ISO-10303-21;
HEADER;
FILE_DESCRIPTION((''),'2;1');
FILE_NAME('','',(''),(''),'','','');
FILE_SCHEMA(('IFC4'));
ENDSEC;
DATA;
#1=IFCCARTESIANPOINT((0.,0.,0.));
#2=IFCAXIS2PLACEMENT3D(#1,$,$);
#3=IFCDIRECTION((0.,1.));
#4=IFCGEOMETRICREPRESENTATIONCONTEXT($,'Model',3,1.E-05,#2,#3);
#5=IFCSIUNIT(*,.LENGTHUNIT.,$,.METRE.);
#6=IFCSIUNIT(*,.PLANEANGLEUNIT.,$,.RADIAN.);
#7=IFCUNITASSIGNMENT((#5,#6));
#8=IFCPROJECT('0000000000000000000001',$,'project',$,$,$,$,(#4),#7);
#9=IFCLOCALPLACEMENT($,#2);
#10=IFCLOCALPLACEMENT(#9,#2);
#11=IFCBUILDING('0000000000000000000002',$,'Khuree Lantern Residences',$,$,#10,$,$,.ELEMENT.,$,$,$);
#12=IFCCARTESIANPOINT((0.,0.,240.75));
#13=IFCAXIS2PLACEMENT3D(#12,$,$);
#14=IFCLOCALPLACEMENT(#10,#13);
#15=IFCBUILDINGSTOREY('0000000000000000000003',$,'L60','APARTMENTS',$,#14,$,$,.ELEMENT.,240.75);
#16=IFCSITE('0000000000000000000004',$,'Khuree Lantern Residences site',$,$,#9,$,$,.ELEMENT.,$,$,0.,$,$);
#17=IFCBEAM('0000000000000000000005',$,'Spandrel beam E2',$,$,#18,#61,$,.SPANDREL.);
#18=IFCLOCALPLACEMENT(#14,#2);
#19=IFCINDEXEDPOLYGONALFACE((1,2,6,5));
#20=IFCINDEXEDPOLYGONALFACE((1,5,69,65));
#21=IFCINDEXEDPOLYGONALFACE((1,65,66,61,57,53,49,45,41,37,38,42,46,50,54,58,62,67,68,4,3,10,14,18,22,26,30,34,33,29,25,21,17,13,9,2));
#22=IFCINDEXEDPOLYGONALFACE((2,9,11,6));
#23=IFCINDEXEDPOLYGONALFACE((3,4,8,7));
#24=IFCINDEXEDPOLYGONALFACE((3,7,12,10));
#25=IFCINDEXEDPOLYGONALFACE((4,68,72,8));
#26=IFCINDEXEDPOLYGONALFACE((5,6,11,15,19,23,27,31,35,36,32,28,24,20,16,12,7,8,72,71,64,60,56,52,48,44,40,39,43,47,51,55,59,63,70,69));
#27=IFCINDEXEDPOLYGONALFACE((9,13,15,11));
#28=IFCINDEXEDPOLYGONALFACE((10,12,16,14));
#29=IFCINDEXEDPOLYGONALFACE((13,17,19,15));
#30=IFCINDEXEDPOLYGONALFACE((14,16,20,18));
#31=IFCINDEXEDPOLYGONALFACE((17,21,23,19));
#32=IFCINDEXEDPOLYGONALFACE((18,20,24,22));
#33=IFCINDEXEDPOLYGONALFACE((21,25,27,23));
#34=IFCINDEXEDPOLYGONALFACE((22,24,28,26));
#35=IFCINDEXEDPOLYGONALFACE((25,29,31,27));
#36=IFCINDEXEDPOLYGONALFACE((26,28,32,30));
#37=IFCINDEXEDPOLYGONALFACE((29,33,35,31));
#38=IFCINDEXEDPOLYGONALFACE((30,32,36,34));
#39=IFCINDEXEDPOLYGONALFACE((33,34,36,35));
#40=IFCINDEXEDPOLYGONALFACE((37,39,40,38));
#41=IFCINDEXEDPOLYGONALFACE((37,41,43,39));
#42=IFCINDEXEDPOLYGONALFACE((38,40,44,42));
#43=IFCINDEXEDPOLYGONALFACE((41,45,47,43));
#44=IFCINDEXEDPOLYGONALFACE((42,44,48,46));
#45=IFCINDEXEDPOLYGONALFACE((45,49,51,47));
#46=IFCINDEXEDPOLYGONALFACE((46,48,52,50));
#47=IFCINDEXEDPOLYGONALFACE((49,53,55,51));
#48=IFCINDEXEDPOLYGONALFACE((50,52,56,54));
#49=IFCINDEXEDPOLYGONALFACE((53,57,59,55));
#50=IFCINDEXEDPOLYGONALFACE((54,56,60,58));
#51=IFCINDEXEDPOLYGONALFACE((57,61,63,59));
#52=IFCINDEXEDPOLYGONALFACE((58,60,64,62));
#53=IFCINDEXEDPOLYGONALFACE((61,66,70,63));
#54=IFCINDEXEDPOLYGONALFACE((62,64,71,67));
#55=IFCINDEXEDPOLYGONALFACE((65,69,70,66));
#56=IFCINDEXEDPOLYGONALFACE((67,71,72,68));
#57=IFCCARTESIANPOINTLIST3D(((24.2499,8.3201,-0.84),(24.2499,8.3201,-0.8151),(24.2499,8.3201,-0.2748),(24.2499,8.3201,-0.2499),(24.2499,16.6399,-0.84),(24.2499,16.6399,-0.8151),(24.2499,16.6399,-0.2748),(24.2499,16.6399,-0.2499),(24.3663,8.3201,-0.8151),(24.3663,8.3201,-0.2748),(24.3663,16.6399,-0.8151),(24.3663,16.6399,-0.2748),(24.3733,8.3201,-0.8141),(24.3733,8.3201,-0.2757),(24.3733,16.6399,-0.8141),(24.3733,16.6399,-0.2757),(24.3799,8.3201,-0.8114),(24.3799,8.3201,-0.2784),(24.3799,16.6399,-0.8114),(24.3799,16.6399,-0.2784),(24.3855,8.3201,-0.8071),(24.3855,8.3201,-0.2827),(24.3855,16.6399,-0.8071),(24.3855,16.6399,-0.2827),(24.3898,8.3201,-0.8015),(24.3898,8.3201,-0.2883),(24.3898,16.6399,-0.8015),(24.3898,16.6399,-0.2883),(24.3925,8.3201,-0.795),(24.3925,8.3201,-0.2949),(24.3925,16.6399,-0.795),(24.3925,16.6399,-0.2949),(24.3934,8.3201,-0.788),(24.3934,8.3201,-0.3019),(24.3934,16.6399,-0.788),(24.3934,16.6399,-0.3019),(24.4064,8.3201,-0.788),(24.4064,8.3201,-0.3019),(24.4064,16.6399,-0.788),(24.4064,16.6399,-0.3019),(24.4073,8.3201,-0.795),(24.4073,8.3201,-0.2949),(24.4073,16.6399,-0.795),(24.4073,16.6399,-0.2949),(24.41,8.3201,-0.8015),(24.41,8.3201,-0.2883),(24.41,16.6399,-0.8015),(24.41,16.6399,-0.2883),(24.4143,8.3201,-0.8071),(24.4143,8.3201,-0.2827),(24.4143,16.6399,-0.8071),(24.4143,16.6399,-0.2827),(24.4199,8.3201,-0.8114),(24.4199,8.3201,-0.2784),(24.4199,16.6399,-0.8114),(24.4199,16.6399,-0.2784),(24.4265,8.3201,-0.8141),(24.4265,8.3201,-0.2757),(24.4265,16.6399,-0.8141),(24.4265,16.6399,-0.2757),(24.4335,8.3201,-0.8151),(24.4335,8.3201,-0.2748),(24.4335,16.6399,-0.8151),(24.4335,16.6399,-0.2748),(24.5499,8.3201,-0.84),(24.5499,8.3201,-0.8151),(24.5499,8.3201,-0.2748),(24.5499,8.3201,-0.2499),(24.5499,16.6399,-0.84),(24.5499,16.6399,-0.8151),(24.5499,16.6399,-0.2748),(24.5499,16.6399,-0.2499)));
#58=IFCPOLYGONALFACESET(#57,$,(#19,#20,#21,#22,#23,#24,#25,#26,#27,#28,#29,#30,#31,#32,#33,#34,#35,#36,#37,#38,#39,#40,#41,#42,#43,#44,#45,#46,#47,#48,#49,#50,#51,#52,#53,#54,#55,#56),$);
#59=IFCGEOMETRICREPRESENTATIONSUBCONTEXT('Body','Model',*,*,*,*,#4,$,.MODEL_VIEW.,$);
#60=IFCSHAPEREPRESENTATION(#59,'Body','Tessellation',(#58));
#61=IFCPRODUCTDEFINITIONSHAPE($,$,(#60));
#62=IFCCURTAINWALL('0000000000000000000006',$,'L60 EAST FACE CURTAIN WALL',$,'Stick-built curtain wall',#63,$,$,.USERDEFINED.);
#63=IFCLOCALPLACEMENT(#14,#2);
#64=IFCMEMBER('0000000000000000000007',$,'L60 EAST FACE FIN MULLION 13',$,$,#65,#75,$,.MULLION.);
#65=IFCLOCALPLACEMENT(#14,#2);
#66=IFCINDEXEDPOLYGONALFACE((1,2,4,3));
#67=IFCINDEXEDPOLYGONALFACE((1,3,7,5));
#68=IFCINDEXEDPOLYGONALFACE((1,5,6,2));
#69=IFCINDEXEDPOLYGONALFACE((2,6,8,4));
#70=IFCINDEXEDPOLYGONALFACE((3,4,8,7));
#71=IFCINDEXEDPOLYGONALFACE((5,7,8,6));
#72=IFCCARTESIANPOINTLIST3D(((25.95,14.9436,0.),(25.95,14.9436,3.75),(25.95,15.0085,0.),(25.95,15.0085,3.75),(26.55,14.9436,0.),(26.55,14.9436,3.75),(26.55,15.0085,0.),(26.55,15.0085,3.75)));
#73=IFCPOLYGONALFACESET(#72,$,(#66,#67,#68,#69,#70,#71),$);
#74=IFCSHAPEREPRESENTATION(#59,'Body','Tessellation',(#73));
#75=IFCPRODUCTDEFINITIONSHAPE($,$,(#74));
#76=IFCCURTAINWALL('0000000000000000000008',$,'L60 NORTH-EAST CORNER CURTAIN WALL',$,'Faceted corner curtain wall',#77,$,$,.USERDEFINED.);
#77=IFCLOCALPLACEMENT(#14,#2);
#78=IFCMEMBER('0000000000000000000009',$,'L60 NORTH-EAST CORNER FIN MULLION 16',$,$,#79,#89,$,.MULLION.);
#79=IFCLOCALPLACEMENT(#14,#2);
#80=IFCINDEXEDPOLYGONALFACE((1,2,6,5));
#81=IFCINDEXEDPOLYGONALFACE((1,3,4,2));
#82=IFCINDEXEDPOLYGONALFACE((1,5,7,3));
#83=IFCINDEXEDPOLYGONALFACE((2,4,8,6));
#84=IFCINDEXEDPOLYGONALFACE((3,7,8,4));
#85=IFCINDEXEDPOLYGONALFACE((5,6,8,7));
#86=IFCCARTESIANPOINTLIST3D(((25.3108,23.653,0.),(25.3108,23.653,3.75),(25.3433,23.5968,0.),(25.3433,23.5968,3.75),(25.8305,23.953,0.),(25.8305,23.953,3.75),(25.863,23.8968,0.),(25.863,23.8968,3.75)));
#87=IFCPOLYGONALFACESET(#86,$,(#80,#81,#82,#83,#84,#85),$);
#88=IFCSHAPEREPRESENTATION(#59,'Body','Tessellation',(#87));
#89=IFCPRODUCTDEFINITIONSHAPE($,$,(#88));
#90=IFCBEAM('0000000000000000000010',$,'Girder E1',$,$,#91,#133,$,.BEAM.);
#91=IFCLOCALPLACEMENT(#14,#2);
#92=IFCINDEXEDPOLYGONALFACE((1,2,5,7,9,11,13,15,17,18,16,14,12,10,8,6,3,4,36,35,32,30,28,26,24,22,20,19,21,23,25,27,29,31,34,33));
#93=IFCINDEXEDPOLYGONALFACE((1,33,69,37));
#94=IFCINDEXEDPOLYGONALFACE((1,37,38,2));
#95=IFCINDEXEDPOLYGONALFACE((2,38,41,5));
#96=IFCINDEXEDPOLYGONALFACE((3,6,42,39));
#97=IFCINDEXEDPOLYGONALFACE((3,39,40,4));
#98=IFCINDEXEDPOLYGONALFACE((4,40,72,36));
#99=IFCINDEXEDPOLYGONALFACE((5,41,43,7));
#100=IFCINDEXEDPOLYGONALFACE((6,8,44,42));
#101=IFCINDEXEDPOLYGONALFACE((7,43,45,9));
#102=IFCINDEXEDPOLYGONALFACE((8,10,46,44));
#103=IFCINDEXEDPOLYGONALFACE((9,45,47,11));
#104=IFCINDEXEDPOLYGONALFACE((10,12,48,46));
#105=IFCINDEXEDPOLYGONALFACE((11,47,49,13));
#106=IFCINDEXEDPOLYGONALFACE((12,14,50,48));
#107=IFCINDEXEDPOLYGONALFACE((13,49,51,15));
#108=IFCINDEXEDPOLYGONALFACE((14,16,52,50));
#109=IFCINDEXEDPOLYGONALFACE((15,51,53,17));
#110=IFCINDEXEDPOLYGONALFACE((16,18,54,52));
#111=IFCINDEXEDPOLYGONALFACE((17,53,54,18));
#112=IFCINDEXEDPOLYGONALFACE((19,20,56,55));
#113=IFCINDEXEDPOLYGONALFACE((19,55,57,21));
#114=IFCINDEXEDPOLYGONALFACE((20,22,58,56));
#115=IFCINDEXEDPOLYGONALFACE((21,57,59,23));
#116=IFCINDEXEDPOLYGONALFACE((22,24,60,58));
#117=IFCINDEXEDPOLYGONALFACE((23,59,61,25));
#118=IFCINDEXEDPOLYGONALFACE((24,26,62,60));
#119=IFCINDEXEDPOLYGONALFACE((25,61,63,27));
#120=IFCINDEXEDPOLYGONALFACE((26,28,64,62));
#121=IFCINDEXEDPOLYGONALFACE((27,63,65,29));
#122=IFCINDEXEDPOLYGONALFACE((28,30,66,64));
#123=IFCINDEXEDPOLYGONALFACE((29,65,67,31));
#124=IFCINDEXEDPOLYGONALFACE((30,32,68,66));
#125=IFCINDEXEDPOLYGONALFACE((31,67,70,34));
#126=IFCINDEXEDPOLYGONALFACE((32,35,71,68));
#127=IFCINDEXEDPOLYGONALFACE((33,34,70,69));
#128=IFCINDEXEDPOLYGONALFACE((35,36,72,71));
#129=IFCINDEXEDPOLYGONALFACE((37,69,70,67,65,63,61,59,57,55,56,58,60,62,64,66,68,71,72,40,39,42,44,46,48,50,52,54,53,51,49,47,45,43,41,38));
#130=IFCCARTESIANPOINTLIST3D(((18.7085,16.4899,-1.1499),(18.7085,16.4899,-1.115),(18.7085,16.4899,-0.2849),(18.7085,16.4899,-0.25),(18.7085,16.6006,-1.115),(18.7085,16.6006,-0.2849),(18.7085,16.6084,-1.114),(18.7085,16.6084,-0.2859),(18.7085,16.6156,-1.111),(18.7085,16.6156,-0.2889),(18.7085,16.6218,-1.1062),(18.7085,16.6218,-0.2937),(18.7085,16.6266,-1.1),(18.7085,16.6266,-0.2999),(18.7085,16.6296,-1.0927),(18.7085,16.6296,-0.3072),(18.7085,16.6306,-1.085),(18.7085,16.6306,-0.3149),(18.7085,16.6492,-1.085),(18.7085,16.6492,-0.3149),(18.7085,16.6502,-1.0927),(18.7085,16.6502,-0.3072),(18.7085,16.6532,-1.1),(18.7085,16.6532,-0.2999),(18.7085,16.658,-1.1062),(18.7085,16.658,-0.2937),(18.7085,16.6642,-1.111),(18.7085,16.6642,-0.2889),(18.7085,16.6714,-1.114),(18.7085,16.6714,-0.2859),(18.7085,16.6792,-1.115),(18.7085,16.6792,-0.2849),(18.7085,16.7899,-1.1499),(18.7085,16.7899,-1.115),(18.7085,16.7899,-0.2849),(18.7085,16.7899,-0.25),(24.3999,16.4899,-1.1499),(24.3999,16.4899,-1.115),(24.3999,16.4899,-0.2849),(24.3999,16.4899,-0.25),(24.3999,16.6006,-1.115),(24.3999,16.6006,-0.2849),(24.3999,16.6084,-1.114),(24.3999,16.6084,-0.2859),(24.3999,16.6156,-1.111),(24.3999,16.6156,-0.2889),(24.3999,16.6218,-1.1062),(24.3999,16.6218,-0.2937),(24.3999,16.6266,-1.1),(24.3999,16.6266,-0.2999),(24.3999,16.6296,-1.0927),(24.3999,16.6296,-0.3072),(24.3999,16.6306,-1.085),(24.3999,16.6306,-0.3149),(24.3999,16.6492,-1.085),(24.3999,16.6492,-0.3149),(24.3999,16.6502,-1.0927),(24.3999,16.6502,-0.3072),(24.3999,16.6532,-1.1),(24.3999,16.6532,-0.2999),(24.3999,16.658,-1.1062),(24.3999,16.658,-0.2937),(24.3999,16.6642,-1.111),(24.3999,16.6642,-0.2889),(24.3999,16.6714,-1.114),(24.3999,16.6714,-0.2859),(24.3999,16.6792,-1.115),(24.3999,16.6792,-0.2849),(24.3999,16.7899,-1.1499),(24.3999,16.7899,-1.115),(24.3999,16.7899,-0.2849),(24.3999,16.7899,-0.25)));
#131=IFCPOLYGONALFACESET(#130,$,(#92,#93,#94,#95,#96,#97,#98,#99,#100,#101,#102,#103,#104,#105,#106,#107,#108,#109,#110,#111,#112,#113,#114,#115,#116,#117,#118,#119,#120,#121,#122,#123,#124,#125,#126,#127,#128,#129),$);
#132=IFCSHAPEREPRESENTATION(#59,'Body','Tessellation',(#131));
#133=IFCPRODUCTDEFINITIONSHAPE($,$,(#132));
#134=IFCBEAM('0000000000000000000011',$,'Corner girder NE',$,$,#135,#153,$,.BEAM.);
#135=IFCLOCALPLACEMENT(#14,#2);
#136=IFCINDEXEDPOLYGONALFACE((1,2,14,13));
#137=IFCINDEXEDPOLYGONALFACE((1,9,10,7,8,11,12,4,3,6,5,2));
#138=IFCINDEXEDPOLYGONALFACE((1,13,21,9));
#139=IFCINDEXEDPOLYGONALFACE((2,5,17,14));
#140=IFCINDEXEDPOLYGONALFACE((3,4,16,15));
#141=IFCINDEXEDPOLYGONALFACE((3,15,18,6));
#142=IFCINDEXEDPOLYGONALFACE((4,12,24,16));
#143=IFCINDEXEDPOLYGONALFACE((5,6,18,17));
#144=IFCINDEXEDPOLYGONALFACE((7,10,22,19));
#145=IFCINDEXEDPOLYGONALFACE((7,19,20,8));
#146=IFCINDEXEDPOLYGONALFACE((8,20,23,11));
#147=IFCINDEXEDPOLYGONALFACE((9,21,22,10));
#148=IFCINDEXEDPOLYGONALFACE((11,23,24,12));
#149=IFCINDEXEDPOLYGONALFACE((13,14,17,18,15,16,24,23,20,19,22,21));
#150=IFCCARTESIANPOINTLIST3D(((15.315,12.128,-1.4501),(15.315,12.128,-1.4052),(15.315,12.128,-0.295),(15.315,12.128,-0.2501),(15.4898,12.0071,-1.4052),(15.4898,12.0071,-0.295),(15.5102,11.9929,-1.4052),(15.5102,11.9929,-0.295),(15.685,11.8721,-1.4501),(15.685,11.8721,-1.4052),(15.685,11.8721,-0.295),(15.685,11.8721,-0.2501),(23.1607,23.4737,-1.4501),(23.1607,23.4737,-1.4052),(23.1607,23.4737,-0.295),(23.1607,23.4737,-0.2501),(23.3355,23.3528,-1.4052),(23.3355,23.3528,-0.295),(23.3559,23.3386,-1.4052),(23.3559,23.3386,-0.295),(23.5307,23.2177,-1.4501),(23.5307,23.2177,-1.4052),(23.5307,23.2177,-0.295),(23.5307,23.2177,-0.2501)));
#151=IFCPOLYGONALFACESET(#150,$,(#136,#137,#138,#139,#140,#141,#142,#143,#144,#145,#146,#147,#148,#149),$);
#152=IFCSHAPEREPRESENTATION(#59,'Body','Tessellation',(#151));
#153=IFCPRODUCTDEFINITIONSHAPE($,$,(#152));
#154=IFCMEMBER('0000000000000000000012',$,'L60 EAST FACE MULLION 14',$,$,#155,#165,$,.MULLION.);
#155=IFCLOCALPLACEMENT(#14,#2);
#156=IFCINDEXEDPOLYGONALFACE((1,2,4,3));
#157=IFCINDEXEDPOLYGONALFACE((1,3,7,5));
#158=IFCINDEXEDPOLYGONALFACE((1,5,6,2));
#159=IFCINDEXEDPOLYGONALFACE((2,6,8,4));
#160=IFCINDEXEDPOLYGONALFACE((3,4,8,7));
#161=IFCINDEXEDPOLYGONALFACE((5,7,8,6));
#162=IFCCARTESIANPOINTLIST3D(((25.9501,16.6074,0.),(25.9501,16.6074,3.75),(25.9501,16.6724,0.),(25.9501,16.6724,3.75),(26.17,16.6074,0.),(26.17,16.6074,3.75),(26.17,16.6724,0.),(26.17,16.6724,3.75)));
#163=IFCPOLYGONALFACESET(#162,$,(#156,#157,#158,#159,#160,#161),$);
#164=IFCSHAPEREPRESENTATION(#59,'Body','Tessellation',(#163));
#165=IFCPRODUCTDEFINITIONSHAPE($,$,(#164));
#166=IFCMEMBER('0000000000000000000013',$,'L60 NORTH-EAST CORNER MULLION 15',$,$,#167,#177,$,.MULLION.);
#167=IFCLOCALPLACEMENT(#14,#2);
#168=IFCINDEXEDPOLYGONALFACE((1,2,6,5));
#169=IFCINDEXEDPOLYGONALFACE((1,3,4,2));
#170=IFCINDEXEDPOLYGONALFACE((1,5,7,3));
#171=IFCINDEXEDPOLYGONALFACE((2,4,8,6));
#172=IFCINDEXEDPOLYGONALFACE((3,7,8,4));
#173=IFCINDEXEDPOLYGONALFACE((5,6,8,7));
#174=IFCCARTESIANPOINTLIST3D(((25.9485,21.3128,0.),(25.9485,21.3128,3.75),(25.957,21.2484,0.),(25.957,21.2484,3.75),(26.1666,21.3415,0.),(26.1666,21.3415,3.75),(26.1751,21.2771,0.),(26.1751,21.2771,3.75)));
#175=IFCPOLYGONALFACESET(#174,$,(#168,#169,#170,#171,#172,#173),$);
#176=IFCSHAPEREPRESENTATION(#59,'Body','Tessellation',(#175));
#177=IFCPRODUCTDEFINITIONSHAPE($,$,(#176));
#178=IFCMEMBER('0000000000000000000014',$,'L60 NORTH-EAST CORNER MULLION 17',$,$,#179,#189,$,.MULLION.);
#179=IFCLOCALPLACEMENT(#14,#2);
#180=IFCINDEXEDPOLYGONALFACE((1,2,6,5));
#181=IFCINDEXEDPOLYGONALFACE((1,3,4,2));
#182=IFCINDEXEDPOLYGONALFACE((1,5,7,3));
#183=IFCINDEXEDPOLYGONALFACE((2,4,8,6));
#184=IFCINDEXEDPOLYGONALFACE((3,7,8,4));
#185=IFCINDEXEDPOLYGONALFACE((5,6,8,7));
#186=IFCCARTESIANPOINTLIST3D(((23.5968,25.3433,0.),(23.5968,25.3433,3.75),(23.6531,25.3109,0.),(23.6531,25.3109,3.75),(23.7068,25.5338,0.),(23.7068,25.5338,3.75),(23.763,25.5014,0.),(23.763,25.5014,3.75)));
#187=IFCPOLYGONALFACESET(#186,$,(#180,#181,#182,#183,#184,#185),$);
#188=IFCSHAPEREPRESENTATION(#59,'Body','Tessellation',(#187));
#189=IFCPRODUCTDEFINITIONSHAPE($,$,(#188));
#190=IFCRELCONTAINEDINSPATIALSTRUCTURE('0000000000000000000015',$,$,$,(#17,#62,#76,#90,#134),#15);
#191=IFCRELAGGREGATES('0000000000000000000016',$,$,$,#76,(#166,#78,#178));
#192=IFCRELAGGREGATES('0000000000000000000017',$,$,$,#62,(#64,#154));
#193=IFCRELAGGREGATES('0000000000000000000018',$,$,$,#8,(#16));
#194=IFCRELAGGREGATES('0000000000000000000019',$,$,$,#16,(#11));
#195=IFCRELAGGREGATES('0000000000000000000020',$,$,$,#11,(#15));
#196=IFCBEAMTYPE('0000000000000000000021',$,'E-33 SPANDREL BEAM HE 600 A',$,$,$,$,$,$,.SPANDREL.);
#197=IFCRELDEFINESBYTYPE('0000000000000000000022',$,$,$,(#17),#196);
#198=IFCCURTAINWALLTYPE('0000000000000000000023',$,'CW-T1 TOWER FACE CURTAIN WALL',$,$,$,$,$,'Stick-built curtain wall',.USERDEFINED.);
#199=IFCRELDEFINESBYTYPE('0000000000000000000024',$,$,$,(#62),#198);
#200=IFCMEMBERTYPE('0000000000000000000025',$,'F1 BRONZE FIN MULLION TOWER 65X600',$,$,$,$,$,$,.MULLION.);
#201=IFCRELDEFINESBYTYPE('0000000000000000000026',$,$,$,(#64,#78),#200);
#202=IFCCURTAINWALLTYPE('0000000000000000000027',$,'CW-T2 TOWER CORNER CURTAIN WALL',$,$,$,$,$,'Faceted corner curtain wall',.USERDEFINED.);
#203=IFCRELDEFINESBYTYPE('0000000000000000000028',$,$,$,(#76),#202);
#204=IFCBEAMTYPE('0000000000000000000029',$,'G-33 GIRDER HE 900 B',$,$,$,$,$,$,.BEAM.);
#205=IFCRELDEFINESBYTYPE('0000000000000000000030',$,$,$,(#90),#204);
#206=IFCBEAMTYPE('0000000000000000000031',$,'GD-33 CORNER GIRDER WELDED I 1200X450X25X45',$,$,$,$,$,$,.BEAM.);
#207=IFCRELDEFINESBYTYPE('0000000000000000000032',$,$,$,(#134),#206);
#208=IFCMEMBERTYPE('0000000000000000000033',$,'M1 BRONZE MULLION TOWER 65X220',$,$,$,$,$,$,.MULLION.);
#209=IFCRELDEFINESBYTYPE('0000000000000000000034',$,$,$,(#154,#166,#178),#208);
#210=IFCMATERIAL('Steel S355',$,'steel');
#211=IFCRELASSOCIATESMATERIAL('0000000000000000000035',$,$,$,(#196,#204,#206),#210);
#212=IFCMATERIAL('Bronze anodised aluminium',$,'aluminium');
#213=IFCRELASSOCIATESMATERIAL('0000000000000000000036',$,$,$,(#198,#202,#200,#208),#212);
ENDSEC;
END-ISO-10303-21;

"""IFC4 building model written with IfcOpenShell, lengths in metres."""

from ifc_helpers import new_model, si_unit, direction, frame, origin, origin_2d, place, context, subcontext, project, spatial, rectangle, i_section, extrude, material, material_profile, profile_set, type_object, element, aggregate, save


model = new_model("IFC4")

# Units and contexts
model_context = context("Model", 3, precision=1e-05, world=origin(), true_north=direction((0.0, 1.0)))
body_context = subcontext(model_context, "Body", "Model", "MODEL_VIEW")
ifc_project = project(units=[si_unit("LENGTHUNIT", "METRE"), si_unit("PLANEANGLEUNIT", "RADIAN")], contexts=[model_context])

# Site, building, storey
site_placement = place(None, origin())
site = spatial("IfcSite", under=ifc_project, at=site_placement, Name="Khuree Lantern Residences site", CompositionType="ELEMENT", RefElevation=0.0)
building_placement = place(site_placement, origin())
building = spatial("IfcBuilding", under=site, at=building_placement, Name="Khuree Lantern Residences", CompositionType="ELEMENT")
storey_placement = place(building_placement, frame((0.0, 0.0, 240.75)))
storey = spatial("IfcBuildingStorey", under=building, at=storey_placement, Name="L60", Description="APARTMENTS", CompositionType="ELEMENT", Elevation=240.75)

# Beam
ifc_material_1 = material(Name="Steel S355", Category="steel")
ifc_material_profile_1 = material_profile(ifc_material_1, i_section(OverallWidth=0.3, OverallDepth=0.5901, WebThickness=0.0129, FlangeThickness=0.0249, FilletRadius=0.0271, at=origin_2d()), Name="HE 600 A")
ifc_profile_set_1 = profile_set([ifc_material_profile_1], Name="Steel S355")
beam_type_1 = type_object("IfcBeamType", Name="E-33 SPANDREL BEAM HE 600 A", PredefinedType="SPANDREL", material=ifc_profile_set_1)
beam_1_placement = place(storey_placement, frame((24.3999, 16.6399, -0.5449), z_axis=(0.0, -1.0, 0.0), x_axis=(1.0, 0.0, 0.0)))
element("IfcBeam", 1, at=beam_1_placement, inside=storey, type_object=beam_type_1, Name="Spandrel beam E2", PredefinedType="SPANDREL", context=body_context, shape_type="SweptSolid", body=[
    extrude(i_section(OverallWidth=0.3, OverallDepth=0.5901, WebThickness=0.0129, FlangeThickness=0.0249, FilletRadius=0.0271, at=origin_2d()), origin(), (0.0, 0.0, 1.0), 8.3198),
])

# Curtain walls, members
ifc_material_2 = material(Name="Bronze anodised aluminium", Category="aluminium")
curtain_wall_type_1 = type_object("IfcCurtainWallType", Name="CW-T1 TOWER FACE CURTAIN WALL", ElementType="Stick-built curtain wall", PredefinedType="USERDEFINED", material=ifc_material_2)
curtain_wall_1_placement = place(storey_placement, origin())
curtain_wall_1 = element("IfcCurtainWall", 2, at=curtain_wall_1_placement, inside=storey, type_object=curtain_wall_type_1, Name="L60 EAST FACE CURTAIN WALL", ObjectType="Stick-built curtain wall", PredefinedType="USERDEFINED")
ifc_material_profile_2 = material_profile(ifc_material_2, rectangle(XDim=0.0649, YDim=0.6001, at=origin_2d()), Name="F1 65X600")
ifc_profile_set_2 = profile_set([ifc_material_profile_2], Name="Bronze anodised aluminium")
member_type_1 = type_object("IfcMemberType", Name="F1 BRONZE FIN MULLION TOWER 65X600", PredefinedType="MULLION", material=ifc_profile_set_2)
member_1_placement = place(storey_placement, frame((26.25, 14.9761, 0.0), z_axis=(0.0, 0.0, 1.0), x_axis=(0.0, 1.0, 0.0)))
member_1 = element("IfcMember", 3, at=member_1_placement, type_object=member_type_1, Name="L60 EAST FACE FIN MULLION 13", PredefinedType="MULLION", context=body_context, shape_type="SweptSolid", body=[
    extrude(rectangle(XDim=0.0649, YDim=0.6001, at=origin_2d()), origin(), (0.0, 0.0, 1.0), 3.75),
])
curtain_wall_type_2 = type_object("IfcCurtainWallType", Name="CW-T2 TOWER CORNER CURTAIN WALL", ElementType="Faceted corner curtain wall", PredefinedType="USERDEFINED", material=ifc_material_2)
curtain_wall_2_placement = place(storey_placement, origin())
curtain_wall_2 = element("IfcCurtainWall", 4, at=curtain_wall_2_placement, inside=storey, type_object=curtain_wall_type_2, Name="L60 NORTH-EAST CORNER CURTAIN WALL", ObjectType="Faceted corner curtain wall", PredefinedType="USERDEFINED")
member_2_placement = place(storey_placement, frame((25.5869, 23.7749, 0.0), z_axis=(0.0, 0.0, 1.0), x_axis=(-0.5, 0.866025, 0.0)))
member_2 = element("IfcMember", 5, at=member_2_placement, type_object=member_type_1, Name="L60 NORTH-EAST CORNER FIN MULLION 16", PredefinedType="MULLION", context=body_context, shape_type="SweptSolid", body=[
    extrude(rectangle(XDim=0.0649, YDim=0.6001, at=origin_2d()), origin(), (0.0, 0.0, 1.0), 3.75),
])

# Beams
ifc_material_profile_3 = material_profile(ifc_material_1, i_section(OverallWidth=0.3, OverallDepth=0.8999, WebThickness=0.0186, FlangeThickness=0.0349, FilletRadius=0.03, at=origin_2d()), Name="HE 900 B")
ifc_profile_set_3 = profile_set([ifc_material_profile_3], Name="Steel S355")
beam_type_2 = type_object("IfcBeamType", Name="G-33 GIRDER HE 900 B", PredefinedType="BEAM", material=ifc_profile_set_3)
beam_2_placement = place(storey_placement, frame((24.3999, 16.6399, -0.7), z_axis=(-1.0, 0.0, 0.0), x_axis=(0.0, -1.0, 0.0)))
element("IfcBeam", 6, at=beam_2_placement, inside=storey, type_object=beam_type_2, Name="Girder E1", PredefinedType="BEAM", context=body_context, shape_type="SweptSolid", body=[
    extrude(i_section(OverallWidth=0.3, OverallDepth=0.8999, WebThickness=0.0186, FlangeThickness=0.0349, FilletRadius=0.03, at=origin_2d()), origin(), (0.0, 0.0, 1.0), 5.6914),
])
ifc_material_profile_4 = material_profile(ifc_material_1, i_section(OverallWidth=0.45, OverallDepth=1.2, WebThickness=0.0249, FlangeThickness=0.0449, at=origin_2d()), Name="WELDED I 1200X450X25X45")
ifc_profile_set_4 = profile_set([ifc_material_profile_4], Name="Steel S355")
beam_type_3 = type_object("IfcBeamType", Name="GD-33 CORNER GIRDER WELDED I 1200X450X25X45", PredefinedType="BEAM", material=ifc_profile_set_4)
beam_3_placement = place(storey_placement, frame((23.3457, 23.3457, -0.8501), z_axis=(-0.568768, -0.822498, 0.0), x_axis=(0.822498, -0.568768, 0.0)))
element("IfcBeam", 7, at=beam_3_placement, inside=storey, type_object=beam_type_3, Name="Corner girder NE", PredefinedType="BEAM", context=body_context, shape_type="SweptSolid", body=[
    extrude(i_section(OverallWidth=0.45, OverallDepth=1.2, WebThickness=0.0249, FlangeThickness=0.0449, at=origin_2d()), origin(), (0.0, 0.0, 1.0), 13.7942),
])

# Members
ifc_material_profile_5 = material_profile(ifc_material_2, rectangle(XDim=0.0649, YDim=0.22, at=origin_2d()), Name="M1 65X220")
ifc_profile_set_5 = profile_set([ifc_material_profile_5], Name="Bronze anodised aluminium")
member_type_2 = type_object("IfcMemberType", Name="M1 BRONZE MULLION TOWER 65X220", PredefinedType="MULLION", material=ifc_profile_set_5)
member_3_placement = place(storey_placement, frame((26.0601, 16.6399, 0.0), z_axis=(0.0, 0.0, 1.0), x_axis=(0.0, 1.0, 0.0)))
member_3 = element("IfcMember", 8, at=member_3_placement, type_object=member_type_2, Name="L60 EAST FACE MULLION 14", PredefinedType="MULLION", context=body_context, shape_type="SweptSolid", body=[
    extrude(rectangle(XDim=0.0649, YDim=0.22, at=origin_2d()), origin(), (0.0, 0.0, 1.0), 3.75),
])
member_4_placement = place(storey_placement, frame((26.0618, 21.2949, 0.0), z_axis=(0.0, 0.0, 1.0), x_axis=(-0.130526, 0.991445, 0.0)))
member_4 = element("IfcMember", 9, at=member_4_placement, type_object=member_type_2, Name="L60 NORTH-EAST CORNER MULLION 15", PredefinedType="MULLION", context=body_context, shape_type="SweptSolid", body=[
    extrude(rectangle(XDim=0.0649, YDim=0.22, at=origin_2d()), origin(), (0.0, 0.0, 1.0), 3.75),
])
member_5_placement = place(storey_placement, frame((23.6799, 25.4224, 0.0), z_axis=(0.0, 0.0, 1.0), x_axis=(-0.866025, 0.5, 0.0)))
member_5 = element("IfcMember", 10, at=member_5_placement, type_object=member_type_2, Name="L60 NORTH-EAST CORNER MULLION 17", PredefinedType="MULLION", context=body_context, shape_type="SweptSolid", body=[
    extrude(rectangle(XDim=0.0649, YDim=0.22, at=origin_2d()), origin(), (0.0, 0.0, 1.0), 3.75),
])

aggregate(curtain_wall_2, [member_4, member_2, member_5])
aggregate(curtain_wall_1, [member_1, member_3])

save(model, "model.ifc")
